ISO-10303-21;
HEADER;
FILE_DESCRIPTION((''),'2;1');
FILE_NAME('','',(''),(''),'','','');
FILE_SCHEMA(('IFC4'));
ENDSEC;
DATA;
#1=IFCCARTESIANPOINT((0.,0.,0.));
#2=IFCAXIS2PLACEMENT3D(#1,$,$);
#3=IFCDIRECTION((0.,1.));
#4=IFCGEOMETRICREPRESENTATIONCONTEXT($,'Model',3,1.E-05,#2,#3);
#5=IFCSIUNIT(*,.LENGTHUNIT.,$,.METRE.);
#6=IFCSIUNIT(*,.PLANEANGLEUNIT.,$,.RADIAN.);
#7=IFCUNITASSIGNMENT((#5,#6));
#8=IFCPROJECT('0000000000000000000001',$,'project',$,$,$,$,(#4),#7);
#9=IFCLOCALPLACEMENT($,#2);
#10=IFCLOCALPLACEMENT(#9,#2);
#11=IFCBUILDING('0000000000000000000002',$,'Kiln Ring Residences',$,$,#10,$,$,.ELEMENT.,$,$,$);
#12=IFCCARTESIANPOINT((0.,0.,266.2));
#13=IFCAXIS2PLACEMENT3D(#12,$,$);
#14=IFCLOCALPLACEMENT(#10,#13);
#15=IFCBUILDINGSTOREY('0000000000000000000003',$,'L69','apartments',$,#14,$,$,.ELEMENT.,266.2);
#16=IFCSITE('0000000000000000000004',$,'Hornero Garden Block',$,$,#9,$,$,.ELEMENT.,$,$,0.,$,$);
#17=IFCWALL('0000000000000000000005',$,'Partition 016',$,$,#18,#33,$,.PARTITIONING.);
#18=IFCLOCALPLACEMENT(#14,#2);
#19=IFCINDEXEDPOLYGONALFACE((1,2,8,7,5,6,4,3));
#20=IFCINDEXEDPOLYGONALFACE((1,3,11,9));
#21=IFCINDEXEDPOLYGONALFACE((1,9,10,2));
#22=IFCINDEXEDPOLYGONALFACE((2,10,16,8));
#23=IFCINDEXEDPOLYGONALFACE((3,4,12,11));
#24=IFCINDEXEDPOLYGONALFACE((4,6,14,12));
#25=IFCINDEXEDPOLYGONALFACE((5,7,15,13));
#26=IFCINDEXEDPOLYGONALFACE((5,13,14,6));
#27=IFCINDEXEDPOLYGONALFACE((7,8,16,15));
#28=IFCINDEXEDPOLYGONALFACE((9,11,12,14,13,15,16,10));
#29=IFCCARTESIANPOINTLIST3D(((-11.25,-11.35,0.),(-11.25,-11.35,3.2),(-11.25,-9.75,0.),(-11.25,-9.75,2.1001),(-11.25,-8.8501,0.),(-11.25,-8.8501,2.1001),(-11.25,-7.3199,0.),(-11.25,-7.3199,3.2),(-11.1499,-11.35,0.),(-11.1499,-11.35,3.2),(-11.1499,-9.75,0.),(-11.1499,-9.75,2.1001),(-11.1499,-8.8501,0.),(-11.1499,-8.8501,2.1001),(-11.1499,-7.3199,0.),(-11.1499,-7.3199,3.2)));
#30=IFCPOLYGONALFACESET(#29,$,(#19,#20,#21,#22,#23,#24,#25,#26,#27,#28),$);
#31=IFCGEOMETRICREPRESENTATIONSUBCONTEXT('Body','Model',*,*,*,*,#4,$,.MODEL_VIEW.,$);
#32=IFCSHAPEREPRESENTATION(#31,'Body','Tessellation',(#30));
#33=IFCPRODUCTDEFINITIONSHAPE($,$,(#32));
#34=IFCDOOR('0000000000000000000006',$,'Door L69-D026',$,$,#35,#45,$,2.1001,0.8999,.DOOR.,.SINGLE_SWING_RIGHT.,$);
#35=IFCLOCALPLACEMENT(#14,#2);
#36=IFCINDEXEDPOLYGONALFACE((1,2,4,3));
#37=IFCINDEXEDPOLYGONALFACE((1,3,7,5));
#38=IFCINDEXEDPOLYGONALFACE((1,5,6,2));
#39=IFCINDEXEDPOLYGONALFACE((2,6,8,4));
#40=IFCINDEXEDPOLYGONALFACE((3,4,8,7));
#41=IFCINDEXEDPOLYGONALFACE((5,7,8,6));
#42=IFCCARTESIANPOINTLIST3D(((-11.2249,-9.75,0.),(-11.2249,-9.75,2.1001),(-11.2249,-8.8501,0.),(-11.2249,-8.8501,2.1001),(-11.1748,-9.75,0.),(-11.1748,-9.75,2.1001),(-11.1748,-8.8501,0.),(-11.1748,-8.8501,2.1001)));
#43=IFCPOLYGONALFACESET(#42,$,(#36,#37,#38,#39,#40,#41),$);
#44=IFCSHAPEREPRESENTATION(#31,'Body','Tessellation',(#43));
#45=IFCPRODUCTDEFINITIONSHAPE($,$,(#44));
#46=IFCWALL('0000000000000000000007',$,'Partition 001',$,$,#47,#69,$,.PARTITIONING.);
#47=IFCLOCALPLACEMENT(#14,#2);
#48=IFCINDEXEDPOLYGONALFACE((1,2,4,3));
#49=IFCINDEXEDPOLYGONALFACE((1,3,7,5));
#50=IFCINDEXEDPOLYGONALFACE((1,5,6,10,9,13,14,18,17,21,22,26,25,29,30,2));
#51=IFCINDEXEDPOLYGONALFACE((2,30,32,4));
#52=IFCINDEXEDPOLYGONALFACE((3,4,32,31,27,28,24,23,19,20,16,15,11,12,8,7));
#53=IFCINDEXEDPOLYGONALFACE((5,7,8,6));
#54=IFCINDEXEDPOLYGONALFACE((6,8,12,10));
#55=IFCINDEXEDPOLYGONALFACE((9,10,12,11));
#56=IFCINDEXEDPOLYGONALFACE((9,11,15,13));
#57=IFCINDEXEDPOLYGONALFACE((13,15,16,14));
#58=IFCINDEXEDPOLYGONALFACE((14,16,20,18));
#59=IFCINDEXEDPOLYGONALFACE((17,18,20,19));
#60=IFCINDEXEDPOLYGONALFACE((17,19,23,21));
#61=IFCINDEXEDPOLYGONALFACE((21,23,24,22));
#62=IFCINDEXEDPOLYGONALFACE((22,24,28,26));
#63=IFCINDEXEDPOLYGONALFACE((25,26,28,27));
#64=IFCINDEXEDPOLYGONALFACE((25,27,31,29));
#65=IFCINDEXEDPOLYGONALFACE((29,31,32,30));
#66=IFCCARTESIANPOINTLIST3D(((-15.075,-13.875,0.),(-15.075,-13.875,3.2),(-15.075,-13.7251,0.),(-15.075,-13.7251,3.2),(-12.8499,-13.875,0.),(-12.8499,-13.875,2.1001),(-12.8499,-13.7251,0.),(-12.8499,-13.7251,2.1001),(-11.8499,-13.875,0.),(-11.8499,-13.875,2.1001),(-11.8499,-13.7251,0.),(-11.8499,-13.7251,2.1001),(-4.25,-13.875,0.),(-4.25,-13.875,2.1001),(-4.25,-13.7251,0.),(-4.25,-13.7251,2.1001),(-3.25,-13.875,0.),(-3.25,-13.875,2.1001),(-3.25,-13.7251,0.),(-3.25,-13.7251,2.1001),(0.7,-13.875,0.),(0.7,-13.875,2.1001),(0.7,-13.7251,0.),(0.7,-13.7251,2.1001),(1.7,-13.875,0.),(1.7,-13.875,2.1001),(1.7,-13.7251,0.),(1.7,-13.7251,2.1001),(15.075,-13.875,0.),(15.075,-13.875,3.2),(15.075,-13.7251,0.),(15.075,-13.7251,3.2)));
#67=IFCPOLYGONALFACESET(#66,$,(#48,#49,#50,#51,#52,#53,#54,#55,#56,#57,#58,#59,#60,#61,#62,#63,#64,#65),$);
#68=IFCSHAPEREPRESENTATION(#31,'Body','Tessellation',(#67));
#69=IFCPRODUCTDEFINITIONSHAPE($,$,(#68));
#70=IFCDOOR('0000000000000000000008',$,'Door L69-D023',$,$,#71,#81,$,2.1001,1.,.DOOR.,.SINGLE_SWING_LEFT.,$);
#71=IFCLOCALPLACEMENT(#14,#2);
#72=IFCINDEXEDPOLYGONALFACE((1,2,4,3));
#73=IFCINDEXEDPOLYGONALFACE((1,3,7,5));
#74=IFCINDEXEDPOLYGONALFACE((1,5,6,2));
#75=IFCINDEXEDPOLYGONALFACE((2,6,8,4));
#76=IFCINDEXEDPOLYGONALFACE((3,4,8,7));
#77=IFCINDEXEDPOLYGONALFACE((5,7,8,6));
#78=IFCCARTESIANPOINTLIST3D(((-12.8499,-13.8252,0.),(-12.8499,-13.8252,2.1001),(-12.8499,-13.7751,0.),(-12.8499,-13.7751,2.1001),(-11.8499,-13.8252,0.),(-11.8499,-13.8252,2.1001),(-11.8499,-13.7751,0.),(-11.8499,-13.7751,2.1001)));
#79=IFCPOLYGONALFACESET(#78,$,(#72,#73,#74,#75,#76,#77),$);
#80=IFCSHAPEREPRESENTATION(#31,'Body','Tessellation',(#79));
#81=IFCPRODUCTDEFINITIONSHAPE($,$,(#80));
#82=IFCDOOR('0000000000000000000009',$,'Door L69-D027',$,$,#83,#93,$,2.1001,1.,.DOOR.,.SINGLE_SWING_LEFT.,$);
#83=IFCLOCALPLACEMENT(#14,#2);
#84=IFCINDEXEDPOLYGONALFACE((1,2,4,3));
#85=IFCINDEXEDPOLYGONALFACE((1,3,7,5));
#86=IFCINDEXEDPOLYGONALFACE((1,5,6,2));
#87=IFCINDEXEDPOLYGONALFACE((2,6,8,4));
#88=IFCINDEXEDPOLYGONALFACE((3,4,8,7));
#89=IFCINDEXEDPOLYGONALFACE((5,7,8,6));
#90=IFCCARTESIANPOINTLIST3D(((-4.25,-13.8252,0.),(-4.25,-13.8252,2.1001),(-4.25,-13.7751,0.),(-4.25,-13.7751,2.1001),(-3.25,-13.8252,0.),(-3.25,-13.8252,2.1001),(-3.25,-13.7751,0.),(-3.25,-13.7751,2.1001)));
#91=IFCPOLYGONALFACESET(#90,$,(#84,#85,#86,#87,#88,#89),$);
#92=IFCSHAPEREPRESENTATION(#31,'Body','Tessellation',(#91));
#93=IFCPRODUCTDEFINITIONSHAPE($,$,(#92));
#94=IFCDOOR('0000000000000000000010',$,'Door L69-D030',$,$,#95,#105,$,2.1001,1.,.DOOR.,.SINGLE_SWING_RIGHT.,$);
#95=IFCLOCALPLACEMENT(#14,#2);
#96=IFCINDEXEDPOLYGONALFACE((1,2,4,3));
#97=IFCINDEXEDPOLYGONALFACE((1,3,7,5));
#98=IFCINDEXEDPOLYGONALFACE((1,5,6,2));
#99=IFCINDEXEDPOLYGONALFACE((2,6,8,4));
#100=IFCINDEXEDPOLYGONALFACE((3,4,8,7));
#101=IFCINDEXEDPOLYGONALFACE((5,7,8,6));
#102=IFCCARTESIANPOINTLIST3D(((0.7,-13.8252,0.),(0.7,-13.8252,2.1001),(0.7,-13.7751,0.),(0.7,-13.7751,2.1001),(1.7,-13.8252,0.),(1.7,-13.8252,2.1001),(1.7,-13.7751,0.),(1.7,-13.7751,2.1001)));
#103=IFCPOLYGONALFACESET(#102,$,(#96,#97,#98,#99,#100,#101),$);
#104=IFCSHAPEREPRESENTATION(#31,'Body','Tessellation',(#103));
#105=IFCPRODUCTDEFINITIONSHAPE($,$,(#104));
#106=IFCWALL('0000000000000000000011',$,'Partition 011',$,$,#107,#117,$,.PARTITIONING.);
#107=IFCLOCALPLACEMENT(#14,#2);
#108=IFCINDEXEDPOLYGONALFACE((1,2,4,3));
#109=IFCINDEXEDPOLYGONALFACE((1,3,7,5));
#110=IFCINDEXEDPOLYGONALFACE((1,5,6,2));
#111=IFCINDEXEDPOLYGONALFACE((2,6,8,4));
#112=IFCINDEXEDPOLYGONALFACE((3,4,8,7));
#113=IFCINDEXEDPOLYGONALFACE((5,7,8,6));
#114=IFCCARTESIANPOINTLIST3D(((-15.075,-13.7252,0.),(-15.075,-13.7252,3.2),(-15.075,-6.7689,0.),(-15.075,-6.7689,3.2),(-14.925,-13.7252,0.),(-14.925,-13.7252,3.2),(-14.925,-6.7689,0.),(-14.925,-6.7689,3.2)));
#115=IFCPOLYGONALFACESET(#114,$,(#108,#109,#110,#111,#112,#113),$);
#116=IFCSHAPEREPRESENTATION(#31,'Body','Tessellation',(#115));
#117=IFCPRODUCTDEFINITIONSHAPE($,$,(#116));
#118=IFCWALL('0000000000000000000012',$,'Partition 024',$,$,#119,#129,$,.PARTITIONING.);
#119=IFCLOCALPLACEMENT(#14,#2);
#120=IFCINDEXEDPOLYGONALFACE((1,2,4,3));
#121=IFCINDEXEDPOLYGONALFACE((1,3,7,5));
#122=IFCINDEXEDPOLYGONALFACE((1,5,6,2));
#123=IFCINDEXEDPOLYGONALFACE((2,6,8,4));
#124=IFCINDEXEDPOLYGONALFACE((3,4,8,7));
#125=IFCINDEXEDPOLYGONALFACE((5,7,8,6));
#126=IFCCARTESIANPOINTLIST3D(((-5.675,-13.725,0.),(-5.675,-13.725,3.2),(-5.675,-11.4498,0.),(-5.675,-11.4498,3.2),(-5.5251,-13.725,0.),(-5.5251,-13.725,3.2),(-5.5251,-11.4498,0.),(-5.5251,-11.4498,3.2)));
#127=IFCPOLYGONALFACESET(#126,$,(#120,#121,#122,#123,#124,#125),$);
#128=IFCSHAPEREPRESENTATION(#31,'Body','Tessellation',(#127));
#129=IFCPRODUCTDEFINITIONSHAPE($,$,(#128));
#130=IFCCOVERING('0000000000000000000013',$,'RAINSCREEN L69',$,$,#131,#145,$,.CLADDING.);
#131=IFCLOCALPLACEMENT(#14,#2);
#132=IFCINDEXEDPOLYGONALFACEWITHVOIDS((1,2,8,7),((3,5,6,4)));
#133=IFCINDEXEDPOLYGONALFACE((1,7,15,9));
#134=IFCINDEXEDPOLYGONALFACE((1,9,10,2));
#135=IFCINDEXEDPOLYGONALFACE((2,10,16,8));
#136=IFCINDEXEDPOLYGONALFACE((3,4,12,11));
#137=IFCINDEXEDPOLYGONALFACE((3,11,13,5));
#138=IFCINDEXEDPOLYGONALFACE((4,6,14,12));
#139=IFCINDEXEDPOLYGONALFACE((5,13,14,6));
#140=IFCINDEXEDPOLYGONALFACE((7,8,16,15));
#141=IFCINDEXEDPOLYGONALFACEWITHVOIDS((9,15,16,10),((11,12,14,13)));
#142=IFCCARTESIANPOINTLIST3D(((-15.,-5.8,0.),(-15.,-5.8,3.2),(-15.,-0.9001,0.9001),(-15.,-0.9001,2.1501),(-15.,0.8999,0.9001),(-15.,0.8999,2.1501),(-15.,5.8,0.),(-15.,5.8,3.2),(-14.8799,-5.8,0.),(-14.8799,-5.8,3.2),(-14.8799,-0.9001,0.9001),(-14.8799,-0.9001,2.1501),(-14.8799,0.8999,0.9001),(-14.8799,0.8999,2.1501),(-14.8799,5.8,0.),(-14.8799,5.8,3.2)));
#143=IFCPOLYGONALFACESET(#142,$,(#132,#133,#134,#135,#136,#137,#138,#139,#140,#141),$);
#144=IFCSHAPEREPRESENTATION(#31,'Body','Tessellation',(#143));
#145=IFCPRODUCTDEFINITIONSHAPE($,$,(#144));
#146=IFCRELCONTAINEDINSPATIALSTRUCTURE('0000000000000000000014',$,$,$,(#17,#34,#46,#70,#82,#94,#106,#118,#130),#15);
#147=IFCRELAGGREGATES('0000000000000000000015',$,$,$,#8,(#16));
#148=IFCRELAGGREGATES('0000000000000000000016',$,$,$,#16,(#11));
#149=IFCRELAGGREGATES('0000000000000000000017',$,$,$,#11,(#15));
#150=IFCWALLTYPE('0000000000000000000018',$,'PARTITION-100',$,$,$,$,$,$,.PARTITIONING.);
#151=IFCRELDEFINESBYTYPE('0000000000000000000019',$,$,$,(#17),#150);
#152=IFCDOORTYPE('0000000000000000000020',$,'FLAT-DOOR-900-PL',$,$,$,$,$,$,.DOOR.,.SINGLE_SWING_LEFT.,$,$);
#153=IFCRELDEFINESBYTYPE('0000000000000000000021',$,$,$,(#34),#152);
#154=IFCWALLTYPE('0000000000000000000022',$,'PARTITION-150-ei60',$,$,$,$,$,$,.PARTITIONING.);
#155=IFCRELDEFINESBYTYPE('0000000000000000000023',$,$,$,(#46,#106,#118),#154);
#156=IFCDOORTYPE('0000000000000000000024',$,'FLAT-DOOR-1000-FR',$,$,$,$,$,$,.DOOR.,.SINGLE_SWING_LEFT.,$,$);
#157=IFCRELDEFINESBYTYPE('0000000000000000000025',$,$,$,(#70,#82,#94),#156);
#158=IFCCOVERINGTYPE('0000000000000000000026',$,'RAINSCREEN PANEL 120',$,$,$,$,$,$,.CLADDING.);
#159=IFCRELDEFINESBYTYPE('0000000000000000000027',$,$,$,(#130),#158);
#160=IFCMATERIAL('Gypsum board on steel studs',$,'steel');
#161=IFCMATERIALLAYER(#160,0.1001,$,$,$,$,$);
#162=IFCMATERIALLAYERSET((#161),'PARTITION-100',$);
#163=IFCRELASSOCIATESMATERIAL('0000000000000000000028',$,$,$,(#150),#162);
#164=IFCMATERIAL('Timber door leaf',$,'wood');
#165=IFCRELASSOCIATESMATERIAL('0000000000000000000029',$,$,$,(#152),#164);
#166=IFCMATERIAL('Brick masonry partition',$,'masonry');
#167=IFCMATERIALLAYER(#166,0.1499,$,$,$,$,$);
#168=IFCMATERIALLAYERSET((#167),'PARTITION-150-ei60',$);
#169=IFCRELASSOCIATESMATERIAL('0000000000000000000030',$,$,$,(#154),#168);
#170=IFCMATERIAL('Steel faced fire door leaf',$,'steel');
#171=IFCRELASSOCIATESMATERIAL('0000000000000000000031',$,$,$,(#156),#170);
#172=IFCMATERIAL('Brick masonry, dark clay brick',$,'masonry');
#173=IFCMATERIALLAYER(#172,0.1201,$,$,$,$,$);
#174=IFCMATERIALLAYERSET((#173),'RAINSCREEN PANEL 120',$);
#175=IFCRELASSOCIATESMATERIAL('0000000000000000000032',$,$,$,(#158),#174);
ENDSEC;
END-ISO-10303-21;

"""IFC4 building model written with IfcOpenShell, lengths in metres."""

from ifc_helpers import new_model, si_unit, direction, frame, frame_2d, origin, place, context, subcontext, project, spatial, polyline, rectangle, outline, extrude, material, layer, layer_set, type_object, element, fill, save


model = new_model("IFC4")

# Units and contexts
model_context = context("Model", 3, precision=1e-05, world=origin(), true_north=direction((0.0, 1.0)))
body_context = subcontext(model_context, "Body", "Model", "MODEL_VIEW")
ifc_project = project(units=[si_unit("LENGTHUNIT", "METRE"), si_unit("PLANEANGLEUNIT", "RADIAN")], contexts=[model_context])

# Site, building, storey
site_placement = place(None, origin())
site = spatial("IfcSite", under=ifc_project, at=site_placement, Name="Hornero Garden Block", CompositionType="ELEMENT", RefElevation=0.0)
building_placement = place(site_placement, origin())
building = spatial("IfcBuilding", under=site, at=building_placement, Name="Kiln Ring Residences", CompositionType="ELEMENT")
storey_placement = place(building_placement, frame((0.0, 0.0, 266.2)))
storey = spatial("IfcBuildingStorey", under=building, at=storey_placement, Name="L69", Description="apartments", CompositionType="ELEMENT", Elevation=266.2)

# Shared definitions
ifc_material_1 = material(Name="Gypsum board on steel studs", Category="steel")
ifc_layer_1 = layer(ifc_material_1, 0.1001)
ifc_layer_set_1 = layer_set([ifc_layer_1], Name="PARTITION-100")
wall_type_1 = type_object("IfcWallType", Name="PARTITION-100", PredefinedType="PARTITIONING", material=ifc_layer_set_1)
ifc_material_2 = material(Name="Timber door leaf", Category="wood")
door_type_1 = type_object("IfcDoorType", Name="FLAT-DOOR-900-PL", OperationType="SINGLE_SWING_LEFT", PredefinedType="DOOR", material=ifc_material_2)

# Wall, opening, door
wall_1_placement = place(storey_placement, frame((-11.2, -11.3501, 0.0), z_axis=(0.0, 0.0, 1.0), x_axis=(0.0, 1.0, 0.0)))
wall_1 = element("IfcWall", 1, at=wall_1_placement, inside=storey, type_object=wall_type_1, Name="Partition 016", PredefinedType="PARTITIONING", context=body_context, shape_type="SweptSolid", body=[
    extrude(rectangle(XDim=4.03, YDim=0.1001, at=frame_2d((2.0151, 0.0))), origin(), (0.0, 0.0, 1.0), 3.2),
])
opening_1_placement = place(wall_1_placement, frame((1.6001, 0.0, 0.0)))
opening_1 = element("IfcOpeningElement", 2, at=opening_1_placement, cuts=wall_1, PredefinedType="OPENING", context=body_context, shape_type="SweptSolid", body=[
    extrude(rectangle(XDim=0.8999, YDim=2.1001, at=frame_2d((0.45, 1.05))), frame((0.0, 0.0601, 0.0), z_axis=(0.0, -1.0, 0.0), x_axis=(1.0, 0.0, 0.0)), (0.0, 0.0, 1.0), 0.1201),
])
door_1_placement = place(opening_1_placement, origin())
door_1 = element("IfcDoor", 3, at=door_1_placement, inside=storey, type_object=door_type_1, Name="Door L69-D026", OperationType="SINGLE_SWING_RIGHT", OverallHeight=2.1001, OverallWidth=0.8999, PredefinedType="DOOR", context=body_context, shape_type="SweptSolid", body=[
    extrude(rectangle(XDim=0.8999, YDim=2.1001, at=frame_2d((0.45, 1.05))), frame((0.0, 0.0249, 0.0), z_axis=(0.0, -1.0, 0.0), x_axis=(1.0, 0.0, 0.0)), (0.0, 0.0, 1.0), 0.05),
])
fill(opening_1, door_1)

# Wall, openings, doors
ifc_material_3 = material(Name="Brick masonry partition", Category="masonry")
ifc_layer_2 = layer(ifc_material_3, 0.1499)
ifc_layer_set_2 = layer_set([ifc_layer_2], Name="PARTITION-150-ei60")
wall_type_2 = type_object("IfcWallType", Name="PARTITION-150-ei60", PredefinedType="PARTITIONING", material=ifc_layer_set_2)
wall_2_placement = place(storey_placement, frame((-15.075, -13.8, 0.0), z_axis=(0.0, 0.0, 1.0), x_axis=(1.0, 0.0, 0.0)))
wall_2 = element("IfcWall", 4, at=wall_2_placement, inside=storey, type_object=wall_type_2, Name="Partition 001", PredefinedType="PARTITIONING", context=body_context, shape_type="SweptSolid", body=[
    extrude(rectangle(XDim=30.1499, YDim=0.1499, at=frame_2d((15.075, 0.0))), origin(), (0.0, 0.0, 1.0), 3.2),
])
opening_2_placement = place(wall_2_placement, frame((2.2251, 0.0, 0.0)))
opening_2 = element("IfcOpeningElement", 5, at=opening_2_placement, cuts=wall_2, PredefinedType="OPENING", context=body_context, shape_type="SweptSolid", body=[
    extrude(rectangle(XDim=1.0, YDim=2.1001, at=frame_2d((0.5, 1.05))), frame((0.0, 0.085, 0.0), z_axis=(0.0, -1.0, 0.0), x_axis=(1.0, 0.0, 0.0)), (0.0, 0.0, 1.0), 0.1699),
])
opening_3_placement = place(wall_2_placement, frame((10.825, 0.0, 0.0)))
opening_3 = element("IfcOpeningElement", 6, at=opening_3_placement, cuts=wall_2, PredefinedType="OPENING", context=body_context, shape_type="SweptSolid", body=[
    extrude(rectangle(XDim=1.0, YDim=2.1001, at=frame_2d((0.5, 1.05))), frame((0.0, 0.085, 0.0), z_axis=(0.0, -1.0, 0.0), x_axis=(1.0, 0.0, 0.0)), (0.0, 0.0, 1.0), 0.1699),
])
opening_4_placement = place(wall_2_placement, frame((15.7749, 0.0, 0.0)))
opening_4 = element("IfcOpeningElement", 7, at=opening_4_placement, cuts=wall_2, PredefinedType="OPENING", context=body_context, shape_type="SweptSolid", body=[
    extrude(rectangle(XDim=1.0, YDim=2.1001, at=frame_2d((0.5, 1.05))), frame((0.0, 0.085, 0.0), z_axis=(0.0, -1.0, 0.0), x_axis=(1.0, 0.0, 0.0)), (0.0, 0.0, 1.0), 0.1699),
])
ifc_material_4 = material(Name="Steel faced fire door leaf", Category="steel")
door_type_2 = type_object("IfcDoorType", Name="FLAT-DOOR-1000-FR", OperationType="SINGLE_SWING_LEFT", PredefinedType="DOOR", material=ifc_material_4)
door_2_placement = place(opening_2_placement, origin())
door_2 = element("IfcDoor", 8, at=door_2_placement, inside=storey, type_object=door_type_2, Name="Door L69-D023", OperationType="SINGLE_SWING_LEFT", OverallHeight=2.1001, OverallWidth=1.0, PredefinedType="DOOR", context=body_context, shape_type="SweptSolid", body=[
    extrude(rectangle(XDim=1.0, YDim=2.1001, at=frame_2d((0.5, 1.05))), frame((0.0, 0.0249, 0.0), z_axis=(0.0, -1.0, 0.0), x_axis=(1.0, 0.0, 0.0)), (0.0, 0.0, 1.0), 0.05),
])
fill(opening_2, door_2)
door_3_placement = place(opening_3_placement, origin())
door_3 = element("IfcDoor", 9, at=door_3_placement, inside=storey, type_object=door_type_2, Name="Door L69-D027", OperationType="SINGLE_SWING_LEFT", OverallHeight=2.1001, OverallWidth=1.0, PredefinedType="DOOR", context=body_context, shape_type="SweptSolid", body=[
    extrude(rectangle(XDim=1.0, YDim=2.1001, at=frame_2d((0.5, 1.05))), frame((0.0, 0.0249, 0.0), z_axis=(0.0, -1.0, 0.0), x_axis=(1.0, 0.0, 0.0)), (0.0, 0.0, 1.0), 0.05),
])
fill(opening_3, door_3)
door_4_placement = place(opening_4_placement, origin())
door_4 = element("IfcDoor", 10, at=door_4_placement, inside=storey, type_object=door_type_2, Name="Door L69-D030", OperationType="SINGLE_SWING_RIGHT", OverallHeight=2.1001, OverallWidth=1.0, PredefinedType="DOOR", context=body_context, shape_type="SweptSolid", body=[
    extrude(rectangle(XDim=1.0, YDim=2.1001, at=frame_2d((0.5, 1.05))), frame((0.0, 0.0249, 0.0), z_axis=(0.0, -1.0, 0.0), x_axis=(1.0, 0.0, 0.0)), (0.0, 0.0, 1.0), 0.05),
])
fill(opening_4, door_4)

# Walls
wall_3_placement = place(storey_placement, frame((-15.0, -13.7251, 0.0), z_axis=(0.0, 0.0, 1.0), x_axis=(0.0, 1.0, 0.0)))
element("IfcWall", 11, at=wall_3_placement, inside=storey, type_object=wall_type_2, Name="Partition 011", PredefinedType="PARTITIONING", context=body_context, shape_type="SweptSolid", body=[
    extrude(rectangle(XDim=6.9563, YDim=0.1499, at=frame_2d((3.478, 0.0))), origin(), (0.0, 0.0, 1.0), 3.2),
])
wall_4_placement = place(storey_placement, frame((-5.6001, -13.7251, 0.0), z_axis=(0.0, 0.0, 1.0), x_axis=(0.0, 1.0, 0.0)))
element("IfcWall", 12, at=wall_4_placement, inside=storey, type_object=wall_type_2, Name="Partition 024", PredefinedType="PARTITIONING", context=body_context, shape_type="SweptSolid", body=[
    extrude(rectangle(XDim=2.2751, YDim=0.1499, at=frame_2d((1.1377, 0.0))), origin(), (0.0, 0.0, 1.0), 3.2),
])

# Covering
ifc_material_5 = material(Name="Brick masonry, dark clay brick", Category="masonry")
ifc_layer_3 = layer(ifc_material_5, 0.1201)
ifc_layer_set_3 = layer_set([ifc_layer_3], Name="RAINSCREEN PANEL 120")
covering_type = type_object("IfcCoveringType", Name="RAINSCREEN PANEL 120", PredefinedType="CLADDING", material=ifc_layer_set_3)
covering_placement = place(storey_placement, frame((-14.9399, -5.8, 0.0), z_axis=(0.0, 0.0, 1.0), x_axis=(0.0, 1.0, 0.0)))
element("IfcCovering", 13, at=covering_placement, inside=storey, type_object=covering_type, Name="RAINSCREEN L69", PredefinedType="CLADDING", context=body_context, shape_type="SweptSolid", body=[
    extrude(outline(polyline([(0.0, 0.0), (11.6001, 0.0), (11.6001, 3.2), (0.0, 3.2), (0.0, 0.0)]), holes=[polyline([(4.8999, 2.1501), (4.8999, 0.9001), (6.7, 0.9001), (6.7, 2.1501), (4.8999, 2.1501)])]), frame((0.0, 0.0601, 0.0), z_axis=(0.0, -1.0, 0.0), x_axis=(1.0, 0.0, 0.0)), (0.0, 0.0, 1.0), 0.1201),
])

save(model, "model.ifc")
